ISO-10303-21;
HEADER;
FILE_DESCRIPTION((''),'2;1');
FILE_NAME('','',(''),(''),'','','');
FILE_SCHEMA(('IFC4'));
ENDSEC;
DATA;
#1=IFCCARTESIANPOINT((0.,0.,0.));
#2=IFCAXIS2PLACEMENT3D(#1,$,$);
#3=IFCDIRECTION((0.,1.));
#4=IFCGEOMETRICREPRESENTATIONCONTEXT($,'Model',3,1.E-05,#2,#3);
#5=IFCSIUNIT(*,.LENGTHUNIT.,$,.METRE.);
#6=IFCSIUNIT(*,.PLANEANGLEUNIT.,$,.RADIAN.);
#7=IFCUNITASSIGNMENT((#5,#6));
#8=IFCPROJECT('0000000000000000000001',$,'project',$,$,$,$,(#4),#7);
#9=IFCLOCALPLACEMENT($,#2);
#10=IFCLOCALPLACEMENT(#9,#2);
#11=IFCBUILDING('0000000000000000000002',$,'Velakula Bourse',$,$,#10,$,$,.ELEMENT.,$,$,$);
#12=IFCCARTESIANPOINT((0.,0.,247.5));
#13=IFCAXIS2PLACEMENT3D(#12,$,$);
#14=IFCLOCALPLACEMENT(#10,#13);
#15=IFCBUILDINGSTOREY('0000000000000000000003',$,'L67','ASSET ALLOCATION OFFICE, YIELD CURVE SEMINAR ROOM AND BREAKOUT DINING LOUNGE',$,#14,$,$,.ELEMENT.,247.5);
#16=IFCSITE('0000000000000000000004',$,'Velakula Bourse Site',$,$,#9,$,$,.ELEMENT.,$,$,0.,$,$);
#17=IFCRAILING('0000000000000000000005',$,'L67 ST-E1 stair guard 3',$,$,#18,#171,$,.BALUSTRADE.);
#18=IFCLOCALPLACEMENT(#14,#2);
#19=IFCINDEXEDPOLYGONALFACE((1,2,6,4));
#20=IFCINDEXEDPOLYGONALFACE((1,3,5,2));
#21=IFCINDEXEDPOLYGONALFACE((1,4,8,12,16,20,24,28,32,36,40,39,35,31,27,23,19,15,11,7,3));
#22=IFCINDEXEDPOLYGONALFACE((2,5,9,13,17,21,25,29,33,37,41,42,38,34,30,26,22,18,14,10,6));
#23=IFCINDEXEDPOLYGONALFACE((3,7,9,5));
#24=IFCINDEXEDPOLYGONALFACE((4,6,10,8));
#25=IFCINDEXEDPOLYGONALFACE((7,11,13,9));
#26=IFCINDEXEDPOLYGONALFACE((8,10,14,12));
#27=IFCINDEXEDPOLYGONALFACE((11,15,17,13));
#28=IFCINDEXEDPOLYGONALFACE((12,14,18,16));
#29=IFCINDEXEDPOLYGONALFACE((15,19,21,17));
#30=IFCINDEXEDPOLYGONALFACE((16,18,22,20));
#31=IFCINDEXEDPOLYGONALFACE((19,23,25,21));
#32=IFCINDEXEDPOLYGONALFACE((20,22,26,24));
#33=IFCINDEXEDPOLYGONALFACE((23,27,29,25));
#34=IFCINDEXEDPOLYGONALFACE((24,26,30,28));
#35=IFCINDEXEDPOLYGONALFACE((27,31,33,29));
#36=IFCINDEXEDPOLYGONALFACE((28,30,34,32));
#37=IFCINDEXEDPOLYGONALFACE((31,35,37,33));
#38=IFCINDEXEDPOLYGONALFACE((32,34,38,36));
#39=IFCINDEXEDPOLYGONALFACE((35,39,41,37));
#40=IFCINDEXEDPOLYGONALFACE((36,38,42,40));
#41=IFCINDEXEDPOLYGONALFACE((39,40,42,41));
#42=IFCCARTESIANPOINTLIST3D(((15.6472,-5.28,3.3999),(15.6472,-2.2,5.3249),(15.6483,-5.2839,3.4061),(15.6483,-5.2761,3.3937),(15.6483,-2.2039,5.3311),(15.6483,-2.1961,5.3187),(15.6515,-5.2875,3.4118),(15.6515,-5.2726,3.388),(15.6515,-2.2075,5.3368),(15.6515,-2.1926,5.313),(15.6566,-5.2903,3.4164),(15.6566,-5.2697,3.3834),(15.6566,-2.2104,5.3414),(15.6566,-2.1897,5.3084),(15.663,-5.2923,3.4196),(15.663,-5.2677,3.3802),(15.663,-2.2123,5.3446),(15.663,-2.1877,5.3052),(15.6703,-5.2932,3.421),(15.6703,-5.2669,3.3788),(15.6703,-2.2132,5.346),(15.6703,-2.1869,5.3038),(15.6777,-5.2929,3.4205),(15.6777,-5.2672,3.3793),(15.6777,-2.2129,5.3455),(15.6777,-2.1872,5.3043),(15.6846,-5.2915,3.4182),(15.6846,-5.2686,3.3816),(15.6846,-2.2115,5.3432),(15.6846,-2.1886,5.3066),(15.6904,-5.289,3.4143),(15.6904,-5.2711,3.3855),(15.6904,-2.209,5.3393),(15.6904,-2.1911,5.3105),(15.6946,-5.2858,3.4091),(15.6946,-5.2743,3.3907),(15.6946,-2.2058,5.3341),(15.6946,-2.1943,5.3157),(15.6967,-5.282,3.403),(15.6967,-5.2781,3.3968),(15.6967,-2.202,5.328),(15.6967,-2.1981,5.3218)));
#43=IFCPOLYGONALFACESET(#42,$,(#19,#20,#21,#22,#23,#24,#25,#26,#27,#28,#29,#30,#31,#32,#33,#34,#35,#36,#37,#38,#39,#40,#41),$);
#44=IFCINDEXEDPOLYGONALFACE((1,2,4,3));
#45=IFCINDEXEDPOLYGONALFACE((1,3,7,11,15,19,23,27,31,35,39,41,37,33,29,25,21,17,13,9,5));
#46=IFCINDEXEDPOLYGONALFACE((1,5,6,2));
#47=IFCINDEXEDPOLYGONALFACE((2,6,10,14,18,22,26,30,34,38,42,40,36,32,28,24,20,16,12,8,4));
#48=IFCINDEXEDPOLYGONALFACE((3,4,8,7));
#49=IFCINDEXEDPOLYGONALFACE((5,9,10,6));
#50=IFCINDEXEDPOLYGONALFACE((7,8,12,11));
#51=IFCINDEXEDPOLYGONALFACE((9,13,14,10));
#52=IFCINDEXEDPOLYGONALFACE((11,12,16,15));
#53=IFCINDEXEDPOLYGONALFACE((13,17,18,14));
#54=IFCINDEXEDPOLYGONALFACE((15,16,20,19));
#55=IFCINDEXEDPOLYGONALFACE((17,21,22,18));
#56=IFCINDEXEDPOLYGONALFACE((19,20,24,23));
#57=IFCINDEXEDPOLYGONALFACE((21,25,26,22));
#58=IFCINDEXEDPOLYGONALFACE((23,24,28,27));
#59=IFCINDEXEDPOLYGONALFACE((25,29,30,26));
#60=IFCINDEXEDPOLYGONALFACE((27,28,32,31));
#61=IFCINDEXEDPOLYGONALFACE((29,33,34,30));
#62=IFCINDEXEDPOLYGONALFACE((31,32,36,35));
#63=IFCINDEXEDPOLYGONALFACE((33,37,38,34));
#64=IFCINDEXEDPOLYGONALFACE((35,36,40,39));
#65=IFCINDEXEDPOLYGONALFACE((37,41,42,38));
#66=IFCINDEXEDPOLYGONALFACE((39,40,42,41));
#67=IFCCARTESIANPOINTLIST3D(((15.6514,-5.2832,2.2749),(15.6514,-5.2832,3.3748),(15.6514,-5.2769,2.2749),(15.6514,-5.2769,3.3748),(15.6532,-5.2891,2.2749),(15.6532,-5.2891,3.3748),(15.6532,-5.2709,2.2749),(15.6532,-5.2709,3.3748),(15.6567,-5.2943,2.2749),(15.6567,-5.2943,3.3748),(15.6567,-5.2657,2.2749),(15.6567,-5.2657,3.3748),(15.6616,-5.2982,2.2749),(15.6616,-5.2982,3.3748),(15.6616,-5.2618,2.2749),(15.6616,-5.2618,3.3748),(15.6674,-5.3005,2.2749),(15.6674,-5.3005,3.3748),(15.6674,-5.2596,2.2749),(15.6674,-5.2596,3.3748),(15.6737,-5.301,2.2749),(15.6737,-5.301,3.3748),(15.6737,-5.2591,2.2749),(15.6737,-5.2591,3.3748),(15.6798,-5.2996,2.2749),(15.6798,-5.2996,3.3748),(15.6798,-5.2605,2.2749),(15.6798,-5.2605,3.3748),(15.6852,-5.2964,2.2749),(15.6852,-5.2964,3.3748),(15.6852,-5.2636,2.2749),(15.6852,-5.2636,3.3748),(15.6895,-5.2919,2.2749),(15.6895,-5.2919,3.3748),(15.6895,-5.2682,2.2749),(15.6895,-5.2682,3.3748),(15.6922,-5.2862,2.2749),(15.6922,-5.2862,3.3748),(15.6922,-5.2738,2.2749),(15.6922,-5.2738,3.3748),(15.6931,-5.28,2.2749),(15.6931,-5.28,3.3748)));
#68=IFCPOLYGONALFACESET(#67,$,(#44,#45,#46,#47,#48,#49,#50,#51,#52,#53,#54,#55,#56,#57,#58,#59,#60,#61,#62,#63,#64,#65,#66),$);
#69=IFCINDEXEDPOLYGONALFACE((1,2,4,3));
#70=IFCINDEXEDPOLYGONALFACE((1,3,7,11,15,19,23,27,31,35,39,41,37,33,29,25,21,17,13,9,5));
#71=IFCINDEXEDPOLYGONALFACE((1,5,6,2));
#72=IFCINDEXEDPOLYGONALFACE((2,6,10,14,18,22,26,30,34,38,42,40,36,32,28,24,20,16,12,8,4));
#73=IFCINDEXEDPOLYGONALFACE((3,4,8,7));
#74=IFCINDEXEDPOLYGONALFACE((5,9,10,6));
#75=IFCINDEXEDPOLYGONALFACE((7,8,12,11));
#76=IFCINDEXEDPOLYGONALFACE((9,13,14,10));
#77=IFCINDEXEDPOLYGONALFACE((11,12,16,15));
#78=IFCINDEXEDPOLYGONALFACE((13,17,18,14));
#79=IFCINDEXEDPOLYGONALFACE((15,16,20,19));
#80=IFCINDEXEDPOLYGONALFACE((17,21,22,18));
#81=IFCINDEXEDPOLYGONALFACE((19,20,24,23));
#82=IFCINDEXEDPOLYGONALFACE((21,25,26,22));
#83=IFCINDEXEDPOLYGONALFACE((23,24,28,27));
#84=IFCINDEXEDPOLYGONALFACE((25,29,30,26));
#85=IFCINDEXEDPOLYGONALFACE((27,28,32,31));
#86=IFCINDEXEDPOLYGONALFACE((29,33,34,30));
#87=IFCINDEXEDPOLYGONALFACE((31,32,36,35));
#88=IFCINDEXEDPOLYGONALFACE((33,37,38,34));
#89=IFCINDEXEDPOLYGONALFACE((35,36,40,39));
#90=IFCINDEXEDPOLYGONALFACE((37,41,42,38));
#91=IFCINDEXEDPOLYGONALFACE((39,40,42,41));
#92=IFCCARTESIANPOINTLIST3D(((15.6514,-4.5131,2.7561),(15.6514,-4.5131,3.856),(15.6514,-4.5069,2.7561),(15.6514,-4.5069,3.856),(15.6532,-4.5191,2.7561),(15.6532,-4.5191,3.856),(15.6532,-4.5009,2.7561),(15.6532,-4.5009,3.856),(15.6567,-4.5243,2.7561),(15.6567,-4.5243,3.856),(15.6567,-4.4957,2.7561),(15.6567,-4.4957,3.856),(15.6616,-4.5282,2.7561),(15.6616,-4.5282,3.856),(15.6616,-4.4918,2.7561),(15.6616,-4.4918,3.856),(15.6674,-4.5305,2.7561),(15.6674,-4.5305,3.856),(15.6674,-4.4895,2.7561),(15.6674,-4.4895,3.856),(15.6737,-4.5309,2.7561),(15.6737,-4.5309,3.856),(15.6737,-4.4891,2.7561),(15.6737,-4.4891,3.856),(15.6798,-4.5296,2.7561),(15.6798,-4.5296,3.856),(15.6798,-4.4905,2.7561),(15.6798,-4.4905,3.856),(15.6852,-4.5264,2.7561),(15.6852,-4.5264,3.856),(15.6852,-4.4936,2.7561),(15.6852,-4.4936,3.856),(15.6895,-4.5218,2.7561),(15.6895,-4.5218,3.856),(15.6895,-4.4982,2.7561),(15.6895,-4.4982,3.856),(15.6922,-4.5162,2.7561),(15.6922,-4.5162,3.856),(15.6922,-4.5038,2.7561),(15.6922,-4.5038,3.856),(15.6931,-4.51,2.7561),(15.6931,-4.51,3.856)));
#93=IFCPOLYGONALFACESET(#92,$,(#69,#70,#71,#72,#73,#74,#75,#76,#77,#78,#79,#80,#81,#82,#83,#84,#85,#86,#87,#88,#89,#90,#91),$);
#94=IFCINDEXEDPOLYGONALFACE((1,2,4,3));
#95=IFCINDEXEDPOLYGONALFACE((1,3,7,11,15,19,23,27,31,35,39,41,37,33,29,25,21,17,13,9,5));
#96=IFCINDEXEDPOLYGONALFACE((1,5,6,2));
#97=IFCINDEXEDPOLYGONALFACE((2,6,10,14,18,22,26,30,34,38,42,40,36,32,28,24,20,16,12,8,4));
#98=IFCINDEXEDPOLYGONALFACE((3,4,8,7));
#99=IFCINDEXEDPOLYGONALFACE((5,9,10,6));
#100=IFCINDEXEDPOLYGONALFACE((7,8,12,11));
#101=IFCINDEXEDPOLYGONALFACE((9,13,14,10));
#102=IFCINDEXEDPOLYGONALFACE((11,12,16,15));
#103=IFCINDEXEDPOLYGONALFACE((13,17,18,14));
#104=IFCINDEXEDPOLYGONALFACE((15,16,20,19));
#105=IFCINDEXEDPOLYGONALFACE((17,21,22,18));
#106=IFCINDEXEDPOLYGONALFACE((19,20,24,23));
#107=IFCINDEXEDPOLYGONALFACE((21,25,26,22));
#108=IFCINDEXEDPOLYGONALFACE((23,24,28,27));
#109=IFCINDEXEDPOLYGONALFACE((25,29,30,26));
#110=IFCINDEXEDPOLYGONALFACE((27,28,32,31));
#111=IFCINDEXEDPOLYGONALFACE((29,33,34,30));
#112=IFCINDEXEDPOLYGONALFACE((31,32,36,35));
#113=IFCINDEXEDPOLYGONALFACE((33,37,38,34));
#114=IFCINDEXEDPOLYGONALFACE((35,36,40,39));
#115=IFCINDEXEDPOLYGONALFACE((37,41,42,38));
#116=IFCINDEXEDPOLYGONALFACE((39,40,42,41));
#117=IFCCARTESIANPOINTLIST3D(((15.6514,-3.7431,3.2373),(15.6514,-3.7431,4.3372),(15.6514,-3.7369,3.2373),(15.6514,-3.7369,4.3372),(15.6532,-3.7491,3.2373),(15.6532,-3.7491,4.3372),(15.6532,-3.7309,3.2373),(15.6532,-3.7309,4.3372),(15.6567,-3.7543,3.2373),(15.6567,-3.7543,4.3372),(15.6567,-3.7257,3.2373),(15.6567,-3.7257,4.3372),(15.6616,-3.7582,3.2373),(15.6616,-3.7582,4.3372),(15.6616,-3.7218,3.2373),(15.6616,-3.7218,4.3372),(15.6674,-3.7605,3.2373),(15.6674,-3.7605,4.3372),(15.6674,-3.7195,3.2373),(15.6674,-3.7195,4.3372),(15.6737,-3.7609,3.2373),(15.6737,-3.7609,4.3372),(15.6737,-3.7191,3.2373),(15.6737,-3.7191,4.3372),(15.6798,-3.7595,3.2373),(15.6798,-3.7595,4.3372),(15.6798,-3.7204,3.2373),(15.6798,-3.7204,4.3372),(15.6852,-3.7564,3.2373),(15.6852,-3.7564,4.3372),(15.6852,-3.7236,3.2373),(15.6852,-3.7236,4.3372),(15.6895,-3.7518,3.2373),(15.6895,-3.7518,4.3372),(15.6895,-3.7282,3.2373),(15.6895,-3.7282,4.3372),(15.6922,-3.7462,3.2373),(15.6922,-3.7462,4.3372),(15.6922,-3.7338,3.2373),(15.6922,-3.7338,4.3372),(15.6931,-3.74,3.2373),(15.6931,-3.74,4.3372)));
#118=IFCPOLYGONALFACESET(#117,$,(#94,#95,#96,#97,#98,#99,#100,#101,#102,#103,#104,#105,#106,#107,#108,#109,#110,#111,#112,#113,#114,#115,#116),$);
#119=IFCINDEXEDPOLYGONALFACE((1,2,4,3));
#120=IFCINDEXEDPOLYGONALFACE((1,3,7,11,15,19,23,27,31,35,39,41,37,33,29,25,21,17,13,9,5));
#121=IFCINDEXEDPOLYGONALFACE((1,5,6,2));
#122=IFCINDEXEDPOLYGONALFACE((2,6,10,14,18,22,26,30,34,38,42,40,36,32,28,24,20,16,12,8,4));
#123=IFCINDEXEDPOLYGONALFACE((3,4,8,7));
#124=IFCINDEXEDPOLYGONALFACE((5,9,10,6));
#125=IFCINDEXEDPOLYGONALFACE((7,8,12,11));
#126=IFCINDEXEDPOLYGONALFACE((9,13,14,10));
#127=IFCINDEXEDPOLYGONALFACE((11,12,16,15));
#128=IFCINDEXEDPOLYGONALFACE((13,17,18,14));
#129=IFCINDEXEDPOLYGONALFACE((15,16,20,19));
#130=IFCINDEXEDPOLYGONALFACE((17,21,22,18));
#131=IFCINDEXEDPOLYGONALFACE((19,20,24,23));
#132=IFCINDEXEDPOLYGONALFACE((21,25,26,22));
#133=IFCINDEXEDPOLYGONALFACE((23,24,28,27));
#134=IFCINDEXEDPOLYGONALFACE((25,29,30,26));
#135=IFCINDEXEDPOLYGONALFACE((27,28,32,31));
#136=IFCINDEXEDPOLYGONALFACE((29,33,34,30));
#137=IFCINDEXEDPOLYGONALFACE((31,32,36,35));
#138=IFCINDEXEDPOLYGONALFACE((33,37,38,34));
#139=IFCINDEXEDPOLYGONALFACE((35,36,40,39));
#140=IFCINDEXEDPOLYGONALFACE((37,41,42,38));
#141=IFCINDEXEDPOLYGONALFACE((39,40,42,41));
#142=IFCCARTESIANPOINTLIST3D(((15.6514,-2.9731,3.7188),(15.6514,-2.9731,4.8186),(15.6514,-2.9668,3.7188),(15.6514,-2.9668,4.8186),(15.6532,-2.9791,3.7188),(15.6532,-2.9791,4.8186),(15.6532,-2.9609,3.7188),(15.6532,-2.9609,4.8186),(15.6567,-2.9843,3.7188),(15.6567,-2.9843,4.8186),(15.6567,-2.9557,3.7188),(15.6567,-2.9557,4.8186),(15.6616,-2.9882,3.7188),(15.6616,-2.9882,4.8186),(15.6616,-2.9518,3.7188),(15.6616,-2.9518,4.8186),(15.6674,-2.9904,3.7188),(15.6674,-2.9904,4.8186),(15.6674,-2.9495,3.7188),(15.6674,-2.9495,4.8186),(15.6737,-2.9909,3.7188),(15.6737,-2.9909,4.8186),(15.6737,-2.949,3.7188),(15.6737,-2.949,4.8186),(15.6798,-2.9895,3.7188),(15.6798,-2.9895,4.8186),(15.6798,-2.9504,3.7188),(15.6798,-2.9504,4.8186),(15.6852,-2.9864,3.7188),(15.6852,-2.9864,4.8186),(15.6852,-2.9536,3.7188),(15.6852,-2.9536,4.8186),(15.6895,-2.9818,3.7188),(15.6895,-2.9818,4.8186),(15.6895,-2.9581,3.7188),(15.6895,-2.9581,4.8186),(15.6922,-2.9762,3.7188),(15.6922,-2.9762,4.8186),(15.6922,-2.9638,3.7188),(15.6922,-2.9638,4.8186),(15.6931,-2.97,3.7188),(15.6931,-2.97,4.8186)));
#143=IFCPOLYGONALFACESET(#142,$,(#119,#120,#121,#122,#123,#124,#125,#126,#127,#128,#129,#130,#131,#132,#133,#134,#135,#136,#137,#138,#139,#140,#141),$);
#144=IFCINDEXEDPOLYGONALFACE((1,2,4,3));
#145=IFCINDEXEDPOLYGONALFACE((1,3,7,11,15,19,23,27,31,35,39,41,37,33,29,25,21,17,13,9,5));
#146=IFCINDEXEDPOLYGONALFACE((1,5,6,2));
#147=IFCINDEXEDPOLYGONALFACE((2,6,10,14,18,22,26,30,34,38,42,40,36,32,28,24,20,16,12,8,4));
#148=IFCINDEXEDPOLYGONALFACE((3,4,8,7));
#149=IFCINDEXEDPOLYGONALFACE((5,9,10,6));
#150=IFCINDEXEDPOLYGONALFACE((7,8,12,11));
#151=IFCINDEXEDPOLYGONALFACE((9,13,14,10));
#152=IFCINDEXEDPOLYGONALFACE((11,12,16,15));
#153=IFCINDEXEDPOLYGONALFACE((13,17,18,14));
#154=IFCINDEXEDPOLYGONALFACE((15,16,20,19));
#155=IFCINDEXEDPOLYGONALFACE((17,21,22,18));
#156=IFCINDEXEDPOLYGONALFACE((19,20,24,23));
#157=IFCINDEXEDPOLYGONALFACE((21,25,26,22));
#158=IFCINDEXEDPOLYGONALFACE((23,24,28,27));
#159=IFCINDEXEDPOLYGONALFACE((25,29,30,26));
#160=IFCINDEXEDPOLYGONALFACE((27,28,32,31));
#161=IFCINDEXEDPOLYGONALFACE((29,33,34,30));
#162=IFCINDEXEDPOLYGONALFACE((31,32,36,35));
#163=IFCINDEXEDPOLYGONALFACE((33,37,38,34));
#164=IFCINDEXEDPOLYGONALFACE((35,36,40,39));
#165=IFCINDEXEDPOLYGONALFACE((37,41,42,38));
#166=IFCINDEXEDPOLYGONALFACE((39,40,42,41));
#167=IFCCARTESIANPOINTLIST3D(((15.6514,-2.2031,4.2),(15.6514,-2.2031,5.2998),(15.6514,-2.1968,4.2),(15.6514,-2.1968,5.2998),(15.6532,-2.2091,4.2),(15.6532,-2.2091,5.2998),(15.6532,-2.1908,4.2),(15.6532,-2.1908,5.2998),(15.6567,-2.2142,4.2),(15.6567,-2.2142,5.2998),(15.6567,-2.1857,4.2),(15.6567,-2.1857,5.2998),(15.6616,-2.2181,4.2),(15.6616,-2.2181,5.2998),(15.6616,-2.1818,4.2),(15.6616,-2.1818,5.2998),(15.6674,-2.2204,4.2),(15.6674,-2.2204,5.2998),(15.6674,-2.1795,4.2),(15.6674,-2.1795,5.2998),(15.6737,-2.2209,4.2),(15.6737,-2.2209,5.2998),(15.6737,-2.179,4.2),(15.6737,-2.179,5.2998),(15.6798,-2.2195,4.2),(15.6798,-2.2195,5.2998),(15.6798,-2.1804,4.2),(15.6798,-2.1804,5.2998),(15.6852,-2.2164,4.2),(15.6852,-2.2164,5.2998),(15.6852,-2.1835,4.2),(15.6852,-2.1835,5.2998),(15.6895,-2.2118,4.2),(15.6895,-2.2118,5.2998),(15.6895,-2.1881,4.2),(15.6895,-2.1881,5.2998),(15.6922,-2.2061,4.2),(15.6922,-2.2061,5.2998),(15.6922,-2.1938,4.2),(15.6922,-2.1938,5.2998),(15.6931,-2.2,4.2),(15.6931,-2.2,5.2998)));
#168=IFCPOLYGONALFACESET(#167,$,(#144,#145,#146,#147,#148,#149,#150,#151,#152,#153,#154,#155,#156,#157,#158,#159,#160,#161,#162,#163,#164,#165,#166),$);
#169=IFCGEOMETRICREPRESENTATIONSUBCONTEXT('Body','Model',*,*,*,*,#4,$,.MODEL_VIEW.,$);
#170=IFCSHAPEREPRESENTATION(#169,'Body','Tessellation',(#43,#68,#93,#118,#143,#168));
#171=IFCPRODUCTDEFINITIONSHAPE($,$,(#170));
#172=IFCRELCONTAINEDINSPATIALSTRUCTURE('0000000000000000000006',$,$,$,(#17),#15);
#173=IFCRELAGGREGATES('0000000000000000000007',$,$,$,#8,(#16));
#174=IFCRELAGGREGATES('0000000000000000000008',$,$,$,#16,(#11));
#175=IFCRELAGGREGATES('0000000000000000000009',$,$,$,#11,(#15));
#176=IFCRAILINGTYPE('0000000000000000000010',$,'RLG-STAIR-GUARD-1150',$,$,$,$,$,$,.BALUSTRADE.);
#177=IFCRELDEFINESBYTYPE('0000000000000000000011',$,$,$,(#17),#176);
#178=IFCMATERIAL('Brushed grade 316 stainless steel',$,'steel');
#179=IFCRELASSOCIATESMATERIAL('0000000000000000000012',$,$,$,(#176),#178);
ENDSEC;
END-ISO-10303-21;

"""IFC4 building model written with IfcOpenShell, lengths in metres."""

from ifc_helpers import new_model, si_unit, direction, frame, origin, origin_2d, place, context, subcontext, project, spatial, circle, extrude, material, type_object, element, save


model = new_model("IFC4")

# Units and contexts
model_context = context("Model", 3, precision=1e-05, world=origin(), true_north=direction((0.0, 1.0)))
body_context = subcontext(model_context, "Body", "Model", "MODEL_VIEW")
ifc_project = project(units=[si_unit("LENGTHUNIT", "METRE"), si_unit("PLANEANGLEUNIT", "RADIAN")], contexts=[model_context])

# Site, building, storey
site_placement = place(None, origin())
site = spatial("IfcSite", under=ifc_project, at=site_placement, Name="Velakula Bourse Site", CompositionType="ELEMENT", RefElevation=0.0)
building_placement = place(site_placement, origin())
building = spatial("IfcBuilding", under=site, at=building_placement, Name="Velakula Bourse", CompositionType="ELEMENT")
storey_placement = place(building_placement, frame((0.0, 0.0, 247.5)))
storey = spatial("IfcBuildingStorey", under=building, at=storey_placement, Name="L67", Description="ASSET ALLOCATION OFFICE, YIELD CURVE SEMINAR ROOM AND BREAKOUT DINING LOUNGE", CompositionType="ELEMENT", Elevation=247.5)

# Shared definitions
ifc_material_1 = material(Name="Brushed grade 316 stainless steel", Category="steel")

# Railing
railing_type_1 = type_object("IfcRailingType", Name="RLG-STAIR-GUARD-1150", PredefinedType="BALUSTRADE", material=ifc_material_1)
railing_1_placement = place(storey_placement, frame((15.6721, -5.28, 2.2749)))
element("IfcRailing", 1, at=railing_1_placement, inside=storey, type_object=railing_type_1, Name="L67 ST-E1 stair guard 3", PredefinedType="BALUSTRADE", context=body_context, shape_type="SweptSolid", body=[
    extrude(circle(Radius=0.0249, at=origin_2d()), frame((0.0, 0.0, 1.125), z_axis=(0.0, 0.847998, 0.529999), x_axis=(-1.0, 0.0, 0.0)), (0.0, 0.0, 1.0), 3.6321),
    extrude(circle(Radius=0.021, at=origin_2d()), origin(), (0.0, 0.0, 1.0), 1.0999),
    extrude(circle(Radius=0.021, at=origin_2d()), frame((0.0, 0.77, 0.4812)), (0.0, 0.0, 1.0), 1.0999),
    extrude(circle(Radius=0.021, at=origin_2d()), frame((0.0, 1.54, 0.9624)), (0.0, 0.0, 1.0), 1.0999),
    extrude(circle(Radius=0.021, at=origin_2d()), frame((0.0, 2.3101, 1.4438)), (0.0, 0.0, 1.0), 1.0999),
    extrude(circle(Radius=0.021, at=origin_2d()), frame((0.0, 3.0801, 1.925)), (0.0, 0.0, 1.0), 1.0999),
])

save(model, "model.ifc")
